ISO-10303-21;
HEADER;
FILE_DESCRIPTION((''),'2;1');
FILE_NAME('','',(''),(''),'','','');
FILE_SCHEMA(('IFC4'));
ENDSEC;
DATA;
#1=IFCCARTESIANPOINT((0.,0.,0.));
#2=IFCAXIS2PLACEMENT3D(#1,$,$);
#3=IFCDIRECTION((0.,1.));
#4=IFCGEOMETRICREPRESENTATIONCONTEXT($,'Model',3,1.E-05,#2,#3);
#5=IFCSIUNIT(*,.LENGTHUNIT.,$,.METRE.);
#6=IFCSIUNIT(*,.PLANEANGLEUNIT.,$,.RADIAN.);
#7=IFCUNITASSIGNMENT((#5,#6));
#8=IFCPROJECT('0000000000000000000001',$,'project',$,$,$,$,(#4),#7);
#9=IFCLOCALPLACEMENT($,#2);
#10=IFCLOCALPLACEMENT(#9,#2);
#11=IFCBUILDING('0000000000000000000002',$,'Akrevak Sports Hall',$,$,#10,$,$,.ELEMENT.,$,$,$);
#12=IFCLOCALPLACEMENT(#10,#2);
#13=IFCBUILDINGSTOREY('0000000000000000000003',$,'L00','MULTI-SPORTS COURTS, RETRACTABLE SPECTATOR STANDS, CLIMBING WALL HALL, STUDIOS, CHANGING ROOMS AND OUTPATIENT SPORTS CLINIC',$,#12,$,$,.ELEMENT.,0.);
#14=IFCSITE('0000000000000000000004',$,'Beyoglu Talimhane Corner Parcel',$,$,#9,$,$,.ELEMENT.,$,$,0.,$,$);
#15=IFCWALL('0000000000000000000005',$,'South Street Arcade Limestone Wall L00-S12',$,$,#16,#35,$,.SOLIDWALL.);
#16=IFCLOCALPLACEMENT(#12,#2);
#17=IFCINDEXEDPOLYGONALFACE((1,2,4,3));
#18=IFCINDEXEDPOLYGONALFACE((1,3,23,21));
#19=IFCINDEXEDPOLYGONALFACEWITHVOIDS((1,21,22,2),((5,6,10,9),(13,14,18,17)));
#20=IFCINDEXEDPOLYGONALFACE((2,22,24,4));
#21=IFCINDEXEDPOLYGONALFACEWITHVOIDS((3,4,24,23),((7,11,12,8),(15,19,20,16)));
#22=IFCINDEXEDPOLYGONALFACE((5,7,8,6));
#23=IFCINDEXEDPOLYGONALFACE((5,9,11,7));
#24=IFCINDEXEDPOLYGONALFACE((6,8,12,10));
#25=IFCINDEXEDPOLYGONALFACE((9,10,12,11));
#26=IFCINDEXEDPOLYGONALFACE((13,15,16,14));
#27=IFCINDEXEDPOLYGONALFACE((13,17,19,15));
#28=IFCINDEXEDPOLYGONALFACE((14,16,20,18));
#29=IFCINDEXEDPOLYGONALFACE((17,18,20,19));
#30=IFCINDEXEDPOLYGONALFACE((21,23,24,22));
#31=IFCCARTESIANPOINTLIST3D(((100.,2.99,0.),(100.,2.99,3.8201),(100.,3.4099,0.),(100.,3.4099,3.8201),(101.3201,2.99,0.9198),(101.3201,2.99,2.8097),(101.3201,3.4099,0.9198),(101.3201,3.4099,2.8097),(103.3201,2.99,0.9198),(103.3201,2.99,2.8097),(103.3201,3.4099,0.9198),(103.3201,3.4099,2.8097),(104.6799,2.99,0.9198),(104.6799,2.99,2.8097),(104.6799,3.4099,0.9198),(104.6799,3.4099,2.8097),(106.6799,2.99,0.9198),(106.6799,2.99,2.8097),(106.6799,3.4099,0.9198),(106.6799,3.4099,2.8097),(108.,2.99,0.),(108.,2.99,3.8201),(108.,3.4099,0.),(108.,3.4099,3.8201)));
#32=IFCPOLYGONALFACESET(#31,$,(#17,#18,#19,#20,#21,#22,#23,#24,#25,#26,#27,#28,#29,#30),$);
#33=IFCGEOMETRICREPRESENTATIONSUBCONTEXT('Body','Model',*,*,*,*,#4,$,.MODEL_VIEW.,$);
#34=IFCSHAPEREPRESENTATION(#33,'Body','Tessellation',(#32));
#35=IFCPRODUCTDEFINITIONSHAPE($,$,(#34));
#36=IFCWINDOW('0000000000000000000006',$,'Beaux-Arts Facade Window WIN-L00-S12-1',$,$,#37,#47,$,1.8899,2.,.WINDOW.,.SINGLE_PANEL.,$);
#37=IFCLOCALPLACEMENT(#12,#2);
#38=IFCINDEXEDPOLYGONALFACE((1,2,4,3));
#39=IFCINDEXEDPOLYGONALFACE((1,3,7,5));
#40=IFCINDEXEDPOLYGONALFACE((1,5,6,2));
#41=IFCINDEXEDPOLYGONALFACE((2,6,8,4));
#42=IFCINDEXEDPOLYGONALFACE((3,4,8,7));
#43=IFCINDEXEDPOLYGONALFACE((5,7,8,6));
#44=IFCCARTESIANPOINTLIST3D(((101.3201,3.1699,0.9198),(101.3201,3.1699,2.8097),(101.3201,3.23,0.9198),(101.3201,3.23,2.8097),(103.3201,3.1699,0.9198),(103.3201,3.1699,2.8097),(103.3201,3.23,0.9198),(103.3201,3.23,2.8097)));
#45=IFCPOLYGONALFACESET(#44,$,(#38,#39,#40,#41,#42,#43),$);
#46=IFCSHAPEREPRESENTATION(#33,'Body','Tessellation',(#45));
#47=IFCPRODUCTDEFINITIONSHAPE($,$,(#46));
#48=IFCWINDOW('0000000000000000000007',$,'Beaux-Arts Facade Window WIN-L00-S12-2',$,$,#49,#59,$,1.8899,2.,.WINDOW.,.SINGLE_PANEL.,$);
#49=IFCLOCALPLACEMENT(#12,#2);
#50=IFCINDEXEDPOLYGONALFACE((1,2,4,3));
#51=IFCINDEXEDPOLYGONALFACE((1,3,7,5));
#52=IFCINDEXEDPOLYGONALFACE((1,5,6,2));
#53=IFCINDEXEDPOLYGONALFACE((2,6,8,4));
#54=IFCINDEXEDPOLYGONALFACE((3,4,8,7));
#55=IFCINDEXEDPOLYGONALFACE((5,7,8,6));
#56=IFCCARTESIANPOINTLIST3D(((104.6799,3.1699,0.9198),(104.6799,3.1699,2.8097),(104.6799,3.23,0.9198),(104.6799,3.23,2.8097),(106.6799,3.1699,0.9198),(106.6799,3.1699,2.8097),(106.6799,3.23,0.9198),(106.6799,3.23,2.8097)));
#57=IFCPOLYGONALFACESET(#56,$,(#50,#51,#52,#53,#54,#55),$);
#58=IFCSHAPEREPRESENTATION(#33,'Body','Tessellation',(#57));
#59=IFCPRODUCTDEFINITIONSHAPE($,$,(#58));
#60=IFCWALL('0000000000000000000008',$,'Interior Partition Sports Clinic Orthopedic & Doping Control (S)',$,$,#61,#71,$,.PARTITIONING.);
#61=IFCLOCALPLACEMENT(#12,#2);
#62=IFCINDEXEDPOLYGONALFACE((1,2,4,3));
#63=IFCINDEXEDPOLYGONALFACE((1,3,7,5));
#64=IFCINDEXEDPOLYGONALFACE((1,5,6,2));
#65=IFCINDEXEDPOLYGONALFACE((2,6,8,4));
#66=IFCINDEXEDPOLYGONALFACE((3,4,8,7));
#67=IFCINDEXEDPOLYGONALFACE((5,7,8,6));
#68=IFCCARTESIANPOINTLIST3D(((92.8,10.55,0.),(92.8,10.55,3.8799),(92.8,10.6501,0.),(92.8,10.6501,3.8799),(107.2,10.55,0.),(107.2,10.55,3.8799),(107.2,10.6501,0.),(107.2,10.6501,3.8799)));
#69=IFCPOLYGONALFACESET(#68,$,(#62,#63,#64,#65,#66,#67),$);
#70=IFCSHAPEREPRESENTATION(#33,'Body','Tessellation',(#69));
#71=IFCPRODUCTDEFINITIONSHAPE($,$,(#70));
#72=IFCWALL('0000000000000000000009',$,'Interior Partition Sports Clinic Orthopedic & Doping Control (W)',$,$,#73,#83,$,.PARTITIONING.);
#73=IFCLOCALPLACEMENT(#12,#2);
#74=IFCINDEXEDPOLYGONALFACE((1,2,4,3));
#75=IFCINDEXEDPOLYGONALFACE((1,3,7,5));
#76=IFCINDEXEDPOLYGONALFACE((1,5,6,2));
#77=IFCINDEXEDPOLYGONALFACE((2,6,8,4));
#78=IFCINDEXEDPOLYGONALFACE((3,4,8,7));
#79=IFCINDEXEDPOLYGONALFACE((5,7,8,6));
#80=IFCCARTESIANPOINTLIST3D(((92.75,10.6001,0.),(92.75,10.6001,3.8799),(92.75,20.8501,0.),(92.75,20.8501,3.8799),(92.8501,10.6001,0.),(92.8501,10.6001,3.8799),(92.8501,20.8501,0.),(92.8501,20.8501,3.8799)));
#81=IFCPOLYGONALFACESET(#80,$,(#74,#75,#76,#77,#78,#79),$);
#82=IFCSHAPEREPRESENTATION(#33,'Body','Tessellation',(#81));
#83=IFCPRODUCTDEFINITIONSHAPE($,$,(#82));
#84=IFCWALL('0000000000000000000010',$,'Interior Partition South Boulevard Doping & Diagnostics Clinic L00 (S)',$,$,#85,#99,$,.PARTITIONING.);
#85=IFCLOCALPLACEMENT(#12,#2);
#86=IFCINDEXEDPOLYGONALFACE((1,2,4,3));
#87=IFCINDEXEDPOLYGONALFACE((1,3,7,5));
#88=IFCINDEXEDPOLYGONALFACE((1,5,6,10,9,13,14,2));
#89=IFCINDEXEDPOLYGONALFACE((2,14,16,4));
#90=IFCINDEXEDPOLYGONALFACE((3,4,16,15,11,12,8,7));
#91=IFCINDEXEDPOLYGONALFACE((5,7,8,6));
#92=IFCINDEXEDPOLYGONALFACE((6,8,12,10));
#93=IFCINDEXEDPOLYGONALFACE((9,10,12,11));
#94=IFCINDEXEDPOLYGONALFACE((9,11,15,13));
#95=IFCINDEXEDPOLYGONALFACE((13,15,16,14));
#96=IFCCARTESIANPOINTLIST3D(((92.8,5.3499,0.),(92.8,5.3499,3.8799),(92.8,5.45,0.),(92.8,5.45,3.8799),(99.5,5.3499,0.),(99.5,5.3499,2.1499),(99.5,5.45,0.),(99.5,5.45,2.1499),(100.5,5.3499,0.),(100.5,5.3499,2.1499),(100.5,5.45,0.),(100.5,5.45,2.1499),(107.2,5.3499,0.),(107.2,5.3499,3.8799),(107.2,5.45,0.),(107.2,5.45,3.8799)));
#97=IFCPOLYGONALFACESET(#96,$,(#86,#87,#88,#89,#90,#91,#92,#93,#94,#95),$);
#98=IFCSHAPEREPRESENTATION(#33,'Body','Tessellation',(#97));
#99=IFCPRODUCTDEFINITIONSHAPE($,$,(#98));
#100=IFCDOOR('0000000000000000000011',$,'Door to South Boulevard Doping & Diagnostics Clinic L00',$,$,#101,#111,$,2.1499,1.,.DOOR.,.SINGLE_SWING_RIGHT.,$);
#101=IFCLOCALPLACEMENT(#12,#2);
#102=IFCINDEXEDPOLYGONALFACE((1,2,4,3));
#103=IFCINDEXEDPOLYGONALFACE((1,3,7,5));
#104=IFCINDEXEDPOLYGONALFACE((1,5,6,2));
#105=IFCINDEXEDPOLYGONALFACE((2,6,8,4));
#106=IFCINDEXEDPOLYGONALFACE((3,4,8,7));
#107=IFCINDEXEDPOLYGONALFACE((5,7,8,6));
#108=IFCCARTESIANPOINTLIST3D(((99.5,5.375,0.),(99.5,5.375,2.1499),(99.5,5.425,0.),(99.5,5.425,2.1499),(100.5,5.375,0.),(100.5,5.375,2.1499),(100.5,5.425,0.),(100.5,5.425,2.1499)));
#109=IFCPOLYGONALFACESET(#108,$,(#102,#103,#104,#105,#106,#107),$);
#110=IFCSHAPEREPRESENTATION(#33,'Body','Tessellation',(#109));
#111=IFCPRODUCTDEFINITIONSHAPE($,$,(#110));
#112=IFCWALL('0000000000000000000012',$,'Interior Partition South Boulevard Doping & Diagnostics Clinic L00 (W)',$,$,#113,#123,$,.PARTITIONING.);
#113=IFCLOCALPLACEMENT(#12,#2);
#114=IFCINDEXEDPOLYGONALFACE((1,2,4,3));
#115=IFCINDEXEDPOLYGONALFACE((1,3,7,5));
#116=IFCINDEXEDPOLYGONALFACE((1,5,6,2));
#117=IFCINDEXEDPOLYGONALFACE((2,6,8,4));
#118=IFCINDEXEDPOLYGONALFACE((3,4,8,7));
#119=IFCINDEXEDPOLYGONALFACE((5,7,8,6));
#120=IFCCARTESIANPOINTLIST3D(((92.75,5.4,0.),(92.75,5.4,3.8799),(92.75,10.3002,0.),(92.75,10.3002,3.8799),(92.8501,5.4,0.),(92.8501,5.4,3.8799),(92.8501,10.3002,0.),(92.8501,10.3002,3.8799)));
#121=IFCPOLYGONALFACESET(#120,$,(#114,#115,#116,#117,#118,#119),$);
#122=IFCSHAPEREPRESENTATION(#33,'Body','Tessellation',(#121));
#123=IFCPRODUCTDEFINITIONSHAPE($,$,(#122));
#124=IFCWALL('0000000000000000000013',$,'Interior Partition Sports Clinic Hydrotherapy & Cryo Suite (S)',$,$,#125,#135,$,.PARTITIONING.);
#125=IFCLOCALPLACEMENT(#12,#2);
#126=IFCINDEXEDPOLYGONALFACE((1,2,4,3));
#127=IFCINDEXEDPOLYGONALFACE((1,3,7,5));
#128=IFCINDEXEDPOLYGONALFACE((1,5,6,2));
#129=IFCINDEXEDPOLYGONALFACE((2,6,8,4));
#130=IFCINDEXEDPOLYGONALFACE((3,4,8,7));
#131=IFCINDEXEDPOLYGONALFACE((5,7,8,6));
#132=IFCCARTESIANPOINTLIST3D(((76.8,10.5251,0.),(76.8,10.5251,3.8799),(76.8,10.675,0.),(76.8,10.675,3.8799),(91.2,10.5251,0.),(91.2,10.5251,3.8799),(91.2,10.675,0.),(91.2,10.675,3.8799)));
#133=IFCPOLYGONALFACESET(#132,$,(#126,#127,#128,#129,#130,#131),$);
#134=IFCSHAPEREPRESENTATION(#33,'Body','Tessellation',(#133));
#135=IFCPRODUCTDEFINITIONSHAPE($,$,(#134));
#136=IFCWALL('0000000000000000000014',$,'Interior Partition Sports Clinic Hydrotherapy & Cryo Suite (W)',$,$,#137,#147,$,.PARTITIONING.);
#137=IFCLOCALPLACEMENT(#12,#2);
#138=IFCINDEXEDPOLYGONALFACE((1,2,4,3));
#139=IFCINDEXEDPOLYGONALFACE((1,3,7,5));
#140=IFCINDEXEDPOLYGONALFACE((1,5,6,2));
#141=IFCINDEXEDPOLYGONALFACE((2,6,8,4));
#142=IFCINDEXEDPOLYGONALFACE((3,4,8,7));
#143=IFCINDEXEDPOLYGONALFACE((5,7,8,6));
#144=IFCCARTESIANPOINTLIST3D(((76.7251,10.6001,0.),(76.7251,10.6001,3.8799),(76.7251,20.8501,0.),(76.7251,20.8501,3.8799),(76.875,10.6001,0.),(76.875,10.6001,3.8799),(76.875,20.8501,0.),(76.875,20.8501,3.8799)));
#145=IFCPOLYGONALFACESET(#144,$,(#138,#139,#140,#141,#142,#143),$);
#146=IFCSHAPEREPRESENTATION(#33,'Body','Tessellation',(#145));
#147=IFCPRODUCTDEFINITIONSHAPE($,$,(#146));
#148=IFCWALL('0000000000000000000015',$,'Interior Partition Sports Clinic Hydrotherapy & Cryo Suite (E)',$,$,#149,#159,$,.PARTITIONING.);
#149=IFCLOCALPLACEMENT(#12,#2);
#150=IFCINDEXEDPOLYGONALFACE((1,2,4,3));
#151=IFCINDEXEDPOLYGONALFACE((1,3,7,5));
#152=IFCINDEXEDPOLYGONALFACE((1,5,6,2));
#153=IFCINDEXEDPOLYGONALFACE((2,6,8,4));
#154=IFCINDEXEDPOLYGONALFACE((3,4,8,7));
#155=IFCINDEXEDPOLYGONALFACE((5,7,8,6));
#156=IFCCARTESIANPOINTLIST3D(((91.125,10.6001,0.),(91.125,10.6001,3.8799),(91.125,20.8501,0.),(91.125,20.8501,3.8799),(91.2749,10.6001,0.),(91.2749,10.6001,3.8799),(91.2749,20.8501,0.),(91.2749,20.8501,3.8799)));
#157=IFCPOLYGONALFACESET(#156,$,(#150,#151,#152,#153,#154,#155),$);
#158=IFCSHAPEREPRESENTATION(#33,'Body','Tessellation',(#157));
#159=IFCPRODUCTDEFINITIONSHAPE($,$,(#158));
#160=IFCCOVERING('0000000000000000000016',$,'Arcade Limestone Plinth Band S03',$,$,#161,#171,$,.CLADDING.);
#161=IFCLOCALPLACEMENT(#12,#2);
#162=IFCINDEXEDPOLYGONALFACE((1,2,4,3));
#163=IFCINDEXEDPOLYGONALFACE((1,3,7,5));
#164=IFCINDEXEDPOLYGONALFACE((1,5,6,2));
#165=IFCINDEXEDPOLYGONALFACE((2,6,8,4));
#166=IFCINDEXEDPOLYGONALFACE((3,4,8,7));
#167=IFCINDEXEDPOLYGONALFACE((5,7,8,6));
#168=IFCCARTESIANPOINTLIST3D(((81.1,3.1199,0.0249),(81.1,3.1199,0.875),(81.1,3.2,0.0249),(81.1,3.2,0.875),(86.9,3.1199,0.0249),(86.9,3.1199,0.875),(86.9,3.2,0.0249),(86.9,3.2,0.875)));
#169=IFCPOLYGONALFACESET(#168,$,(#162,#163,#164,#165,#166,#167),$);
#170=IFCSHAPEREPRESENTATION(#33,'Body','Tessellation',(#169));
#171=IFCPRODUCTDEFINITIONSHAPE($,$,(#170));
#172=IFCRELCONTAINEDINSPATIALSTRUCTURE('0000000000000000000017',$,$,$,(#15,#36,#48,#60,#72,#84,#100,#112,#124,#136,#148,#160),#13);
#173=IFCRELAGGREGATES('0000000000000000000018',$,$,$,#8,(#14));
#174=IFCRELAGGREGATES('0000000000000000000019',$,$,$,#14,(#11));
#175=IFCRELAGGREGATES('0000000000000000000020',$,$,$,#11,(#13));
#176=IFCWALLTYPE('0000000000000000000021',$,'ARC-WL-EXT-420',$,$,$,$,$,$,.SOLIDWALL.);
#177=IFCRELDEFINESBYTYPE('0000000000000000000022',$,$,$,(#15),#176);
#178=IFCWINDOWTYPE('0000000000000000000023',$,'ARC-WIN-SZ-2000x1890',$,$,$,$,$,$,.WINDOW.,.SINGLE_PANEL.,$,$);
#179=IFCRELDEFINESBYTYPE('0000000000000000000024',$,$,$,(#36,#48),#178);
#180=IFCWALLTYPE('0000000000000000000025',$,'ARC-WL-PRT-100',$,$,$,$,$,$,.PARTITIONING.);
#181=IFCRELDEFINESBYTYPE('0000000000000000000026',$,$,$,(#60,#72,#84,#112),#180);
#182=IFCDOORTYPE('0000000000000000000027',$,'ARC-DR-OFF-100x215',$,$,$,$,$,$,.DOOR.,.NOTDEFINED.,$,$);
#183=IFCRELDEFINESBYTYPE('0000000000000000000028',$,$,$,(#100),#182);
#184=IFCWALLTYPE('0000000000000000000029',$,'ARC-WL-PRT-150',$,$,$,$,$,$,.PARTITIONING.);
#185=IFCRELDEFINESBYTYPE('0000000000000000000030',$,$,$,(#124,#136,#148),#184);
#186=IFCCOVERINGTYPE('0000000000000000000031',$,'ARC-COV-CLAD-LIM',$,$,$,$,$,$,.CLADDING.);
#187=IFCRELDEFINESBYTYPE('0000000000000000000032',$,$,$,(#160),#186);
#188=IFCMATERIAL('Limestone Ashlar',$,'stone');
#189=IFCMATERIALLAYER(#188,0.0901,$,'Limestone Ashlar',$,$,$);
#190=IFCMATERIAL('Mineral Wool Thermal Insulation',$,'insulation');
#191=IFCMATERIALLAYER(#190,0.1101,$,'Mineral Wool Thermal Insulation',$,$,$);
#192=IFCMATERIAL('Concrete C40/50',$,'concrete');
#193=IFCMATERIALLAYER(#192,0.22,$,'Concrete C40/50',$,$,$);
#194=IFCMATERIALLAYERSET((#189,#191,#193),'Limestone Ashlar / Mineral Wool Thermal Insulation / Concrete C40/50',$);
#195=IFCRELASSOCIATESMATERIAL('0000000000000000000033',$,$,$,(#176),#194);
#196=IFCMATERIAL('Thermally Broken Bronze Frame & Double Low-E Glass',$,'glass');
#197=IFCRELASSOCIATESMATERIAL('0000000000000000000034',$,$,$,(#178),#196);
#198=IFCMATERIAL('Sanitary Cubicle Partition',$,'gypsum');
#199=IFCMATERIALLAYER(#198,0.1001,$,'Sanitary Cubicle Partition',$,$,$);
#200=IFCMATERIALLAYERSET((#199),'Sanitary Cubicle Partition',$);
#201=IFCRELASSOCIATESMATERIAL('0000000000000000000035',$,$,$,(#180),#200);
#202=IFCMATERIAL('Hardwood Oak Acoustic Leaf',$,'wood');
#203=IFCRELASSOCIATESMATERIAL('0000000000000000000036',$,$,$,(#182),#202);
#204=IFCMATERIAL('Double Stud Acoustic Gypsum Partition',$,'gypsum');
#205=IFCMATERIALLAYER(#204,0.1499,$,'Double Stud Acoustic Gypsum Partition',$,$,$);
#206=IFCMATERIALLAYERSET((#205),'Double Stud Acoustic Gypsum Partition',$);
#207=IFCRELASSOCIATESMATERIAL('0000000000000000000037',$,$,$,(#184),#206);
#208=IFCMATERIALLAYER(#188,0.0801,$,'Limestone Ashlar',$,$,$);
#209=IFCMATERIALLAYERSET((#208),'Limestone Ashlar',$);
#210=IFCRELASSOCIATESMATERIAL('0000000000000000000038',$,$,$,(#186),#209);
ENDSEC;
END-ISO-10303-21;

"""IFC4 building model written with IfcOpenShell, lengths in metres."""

from ifc_helpers import new_model, si_unit, direction, frame, frame_2d, origin, origin_2d, place, context, subcontext, project, spatial, rectangle, extrude, material, layer, layer_set, type_object, element, fill, save


model = new_model("IFC4")

# Units and contexts
model_context = context("Model", 3, precision=1e-05, world=origin(), true_north=direction((0.0, 1.0)))
body_context = subcontext(model_context, "Body", "Model", "MODEL_VIEW")
ifc_project = project(units=[si_unit("LENGTHUNIT", "METRE"), si_unit("PLANEANGLEUNIT", "RADIAN")], contexts=[model_context])

# Site, building, storey
site_placement = place(None, origin())
site = spatial("IfcSite", under=ifc_project, at=site_placement, Name="Beyoglu Talimhane Corner Parcel", CompositionType="ELEMENT", RefElevation=0.0)
building_placement = place(site_placement, origin())
building = spatial("IfcBuilding", under=site, at=building_placement, Name="Akrevak Sports Hall", CompositionType="ELEMENT")
storey_placement = place(building_placement, origin())
storey = spatial("IfcBuildingStorey", under=building, at=storey_placement, Name="L00", Description="MULTI-SPORTS COURTS, RETRACTABLE SPECTATOR STANDS, CLIMBING WALL HALL, STUDIOS, CHANGING ROOMS AND OUTPATIENT SPORTS CLINIC", CompositionType="ELEMENT", Elevation=0.0)

# Shared definitions
ifc_material_1 = material(Name="Concrete C40/50", Category="concrete")

# Shared definitions
ifc_material_2 = material(Name="Limestone Ashlar", Category="stone")
ifc_layer_1 = layer(ifc_material_2, 0.0901, Name="Limestone Ashlar")
ifc_material_3 = material(Name="Mineral Wool Thermal Insulation", Category="insulation")
ifc_layer_2 = layer(ifc_material_3, 0.1101, Name="Mineral Wool Thermal Insulation")
ifc_layer_3 = layer(ifc_material_1, 0.22, Name="Concrete C40/50")
ifc_layer_set_1 = layer_set([ifc_layer_1, ifc_layer_2, ifc_layer_3], Name="Limestone Ashlar / Mineral Wool Thermal Insulation / Concrete C40/50")
wall_type_1 = type_object("IfcWallType", Name="ARC-WL-EXT-420", PredefinedType="SOLIDWALL", material=ifc_layer_set_1)
ifc_material_4 = material(Name="Thermally Broken Bronze Frame & Double Low-E Glass", Category="glass")
window_type = type_object("IfcWindowType", Name="ARC-WIN-SZ-2000x1890", PartitioningType="SINGLE_PANEL", PredefinedType="WINDOW", material=ifc_material_4)

# Wall, openings, windows
wall_1_placement = place(storey_placement, frame((100.0, 3.2, 0.0), z_axis=(0.0, 0.0, 1.0), x_axis=(1.0, 0.0, 0.0)))
wall_1 = element("IfcWall", 1, at=wall_1_placement, inside=storey, type_object=wall_type_1, Name="South Street Arcade Limestone Wall L00-S12", PredefinedType="SOLIDWALL", context=body_context, shape_type="SweptSolid", body=[
    extrude(rectangle(XDim=8.0, YDim=0.4199, at=frame_2d((4.0, 0.0))), origin(), (0.0, 0.0, 1.0), 3.8201),
])
opening_1_placement = place(wall_1_placement, frame((1.3201, 0.0, 0.9199)))
opening_1 = element("IfcOpeningElement", 2, at=opening_1_placement, cuts=wall_1, PredefinedType="OPENING", context=body_context, shape_type="SweptSolid", body=[
    extrude(rectangle(XDim=2.0, YDim=1.8899, at=frame_2d((1.0, 0.9448))), frame((0.0, 0.2219, 0.0), z_axis=(0.0, -1.0, 0.0), x_axis=(1.0, 0.0, 0.0)), (0.0, 0.0, 1.0), 0.4438),
])
opening_2_placement = place(wall_1_placement, frame((4.6799, 0.0, 0.9199)))
opening_2 = element("IfcOpeningElement", 3, at=opening_2_placement, cuts=wall_1, PredefinedType="OPENING", context=body_context, shape_type="SweptSolid", body=[
    extrude(rectangle(XDim=2.0, YDim=1.8899, at=frame_2d((1.0, 0.9448))), frame((0.0, 0.2219, 0.0), z_axis=(0.0, -1.0, 0.0), x_axis=(1.0, 0.0, 0.0)), (0.0, 0.0, 1.0), 0.4438),
])
window_1_placement = place(opening_1_placement, origin())
window_1 = element("IfcWindow", 4, at=window_1_placement, inside=storey, type_object=window_type, Name="Beaux-Arts Facade Window WIN-L00-S12-1", OverallHeight=1.8899, OverallWidth=2.0, PartitioningType="SINGLE_PANEL", PredefinedType="WINDOW", context=body_context, shape_type="SweptSolid", body=[
    extrude(rectangle(XDim=2.0, YDim=1.8899, at=frame_2d((1.0, 0.9448))), frame((0.0, 0.03, 0.0), z_axis=(0.0, -1.0, 0.0), x_axis=(1.0, 0.0, 0.0)), (0.0, 0.0, 1.0), 0.0601),
])
fill(opening_1, window_1)
window_2_placement = place(opening_2_placement, origin())
window_2 = element("IfcWindow", 5, at=window_2_placement, inside=storey, type_object=window_type, Name="Beaux-Arts Facade Window WIN-L00-S12-2", OverallHeight=1.8899, OverallWidth=2.0, PartitioningType="SINGLE_PANEL", PredefinedType="WINDOW", context=body_context, shape_type="SweptSolid", body=[
    extrude(rectangle(XDim=2.0, YDim=1.8899, at=frame_2d((1.0, 0.9448))), frame((0.0, 0.03, 0.0), z_axis=(0.0, -1.0, 0.0), x_axis=(1.0, 0.0, 0.0)), (0.0, 0.0, 1.0), 0.0601),
])
fill(opening_2, window_2)

# Walls
ifc_material_5 = material(Name="Sanitary Cubicle Partition", Category="gypsum")
ifc_layer_4 = layer(ifc_material_5, 0.1001, Name="Sanitary Cubicle Partition")
ifc_layer_set_2 = layer_set([ifc_layer_4], Name="Sanitary Cubicle Partition")
wall_type_2 = type_object("IfcWallType", Name="ARC-WL-PRT-100", PredefinedType="PARTITIONING", material=ifc_layer_set_2)
wall_2_placement = place(storey_placement, frame((92.8, 10.6001, 0.0), z_axis=(0.0, 0.0, 1.0), x_axis=(1.0, 0.0, 0.0)))
element("IfcWall", 6, at=wall_2_placement, inside=storey, type_object=wall_type_2, Name="Interior Partition Sports Clinic Orthopedic & Doping Control (S)", PredefinedType="PARTITIONING", context=body_context, shape_type="SweptSolid", body=[
    extrude(rectangle(XDim=14.3999, YDim=0.1001, at=frame_2d((7.2, 0.0))), origin(), (0.0, 0.0, 1.0), 3.8799),
])
wall_3_placement = place(storey_placement, frame((92.8, 10.6001, 0.0), z_axis=(0.0, 0.0, 1.0), x_axis=(0.0, 1.0, 0.0)))
element("IfcWall", 7, at=wall_3_placement, inside=storey, type_object=wall_type_2, Name="Interior Partition Sports Clinic Orthopedic & Doping Control (W)", PredefinedType="PARTITIONING", context=body_context, shape_type="SweptSolid", body=[
    extrude(rectangle(XDim=10.25, YDim=0.1001, at=frame_2d((5.125, 0.0))), origin(), (0.0, 0.0, 1.0), 3.8799),
])

# Wall, opening, door
wall_4_placement = place(storey_placement, frame((92.8, 5.3999, 0.0), z_axis=(0.0, 0.0, 1.0), x_axis=(1.0, 0.0, 0.0)))
wall_4 = element("IfcWall", 8, at=wall_4_placement, inside=storey, type_object=wall_type_2, Name="Interior Partition South Boulevard Doping & Diagnostics Clinic L00 (S)", PredefinedType="PARTITIONING", context=body_context, shape_type="SweptSolid", body=[
    extrude(rectangle(XDim=14.3999, YDim=0.1001, at=frame_2d((7.2, 0.0))), origin(), (0.0, 0.0, 1.0), 3.8799),
])
opening_3_placement = place(wall_4_placement, frame((6.7, 0.0, 0.0)))
opening_3 = element("IfcOpeningElement", 9, at=opening_3_placement, cuts=wall_4, PredefinedType="OPENING", context=body_context, shape_type="SweptSolid", body=[
    extrude(rectangle(XDim=1.0, YDim=2.1499, at=frame_2d((0.5, 1.075))), frame((0.0, 0.062, 0.0), z_axis=(0.0, -1.0, 0.0), x_axis=(1.0, 0.0, 0.0)), (0.0, 0.0, 1.0), 0.124),
])
ifc_material_6 = material(Name="Hardwood Oak Acoustic Leaf", Category="wood")
door_type_1 = type_object("IfcDoorType", Name="ARC-DR-OFF-100x215", OperationType="NOTDEFINED", PredefinedType="DOOR", material=ifc_material_6)
door_1_placement = place(opening_3_placement, frame((1.0, 0.0, 0.0), z_axis=(0.0, 0.0, 1.0), x_axis=(-1.0, 0.0, 0.0)))
door_1 = element("IfcDoor", 10, at=door_1_placement, inside=storey, type_object=door_type_1, Name="Door to South Boulevard Doping & Diagnostics Clinic L00", OperationType="SINGLE_SWING_RIGHT", OverallHeight=2.1499, OverallWidth=1.0, PredefinedType="DOOR", context=body_context, shape_type="SweptSolid", body=[
    extrude(rectangle(XDim=1.0, YDim=2.1499, at=frame_2d((0.5, 1.075))), frame((0.0, 0.0249, 0.0), z_axis=(0.0, -1.0, 0.0), x_axis=(1.0, 0.0, 0.0)), (0.0, 0.0, 1.0), 0.05),
])
fill(opening_3, door_1)

# Walls
wall_5_placement = place(storey_placement, frame((92.8, 5.3999, 0.0), z_axis=(0.0, 0.0, 1.0), x_axis=(0.0, 1.0, 0.0)))
element("IfcWall", 11, at=wall_5_placement, inside=storey, type_object=wall_type_2, Name="Interior Partition South Boulevard Doping & Diagnostics Clinic L00 (W)", PredefinedType="PARTITIONING", context=body_context, shape_type="SweptSolid", body=[
    extrude(rectangle(XDim=4.9001, YDim=0.1001, at=frame_2d((2.4502, 0.0))), origin(), (0.0, 0.0, 1.0), 3.8799),
])
ifc_material_7 = material(Name="Double Stud Acoustic Gypsum Partition", Category="gypsum")
ifc_layer_5 = layer(ifc_material_7, 0.1499, Name="Double Stud Acoustic Gypsum Partition")
ifc_layer_set_3 = layer_set([ifc_layer_5], Name="Double Stud Acoustic Gypsum Partition")
wall_type_3 = type_object("IfcWallType", Name="ARC-WL-PRT-150", PredefinedType="PARTITIONING", material=ifc_layer_set_3)
wall_6_placement = place(storey_placement, frame((76.8, 10.6001, 0.0), z_axis=(0.0, 0.0, 1.0), x_axis=(1.0, 0.0, 0.0)))
element("IfcWall", 12, at=wall_6_placement, inside=storey, type_object=wall_type_3, Name="Interior Partition Sports Clinic Hydrotherapy & Cryo Suite (S)", PredefinedType="PARTITIONING", context=body_context, shape_type="SweptSolid", body=[
    extrude(rectangle(XDim=14.3999, YDim=0.1499, at=frame_2d((7.2, 0.0))), origin(), (0.0, 0.0, 1.0), 3.8799),
])
for number, where, z_axis, x_axis, name in (
    (13, (76.8, 10.6001, 0.0), (0.0, 0.0, 1.0), (0.0, 1.0, 0.0), "Interior Partition Sports Clinic Hydrotherapy & Cryo Suite (W)"),
    (14, (91.2, 10.6001, 0.0), (0.0, 0.0, 1.0), (0.0, 1.0, 0.0), "Interior Partition Sports Clinic Hydrotherapy & Cryo Suite (E)"),
):
    element("IfcWall", number, at=place(storey_placement, frame(where, z_axis=z_axis, x_axis=x_axis)), inside=storey, type_object=wall_type_3, Name=name, PredefinedType="PARTITIONING", context=body_context, shape_type="SweptSolid", body=[
        extrude(rectangle(XDim=10.25, YDim=0.1499, at=frame_2d((5.125, 0.0))), origin(), (0.0, 0.0, 1.0), 3.8799),
    ])

# Covering
ifc_layer_6 = layer(ifc_material_2, 0.0801, Name="Limestone Ashlar")
ifc_layer_set_4 = layer_set([ifc_layer_6], Name="Limestone Ashlar")
covering_type_1 = type_object("IfcCoveringType", Name="ARC-COV-CLAD-LIM", PredefinedType="CLADDING", material=ifc_layer_set_4)
covering_placement = place(storey_placement, frame((84.0, 3.1599, 0.0249), z_axis=(0.0, 0.0, 1.0), x_axis=(1.0, 0.0, 0.0)))
element("IfcCovering", 15, at=covering_placement, inside=storey, type_object=covering_type_1, Name="Arcade Limestone Plinth Band S03", PredefinedType="CLADDING", context=body_context, shape_type="SweptSolid", body=[
    extrude(rectangle(XDim=5.8, YDim=0.0801, at=origin_2d()), origin(), (0.0, 0.0, 1.0), 0.8501),
])

save(model, "model.ifc")
